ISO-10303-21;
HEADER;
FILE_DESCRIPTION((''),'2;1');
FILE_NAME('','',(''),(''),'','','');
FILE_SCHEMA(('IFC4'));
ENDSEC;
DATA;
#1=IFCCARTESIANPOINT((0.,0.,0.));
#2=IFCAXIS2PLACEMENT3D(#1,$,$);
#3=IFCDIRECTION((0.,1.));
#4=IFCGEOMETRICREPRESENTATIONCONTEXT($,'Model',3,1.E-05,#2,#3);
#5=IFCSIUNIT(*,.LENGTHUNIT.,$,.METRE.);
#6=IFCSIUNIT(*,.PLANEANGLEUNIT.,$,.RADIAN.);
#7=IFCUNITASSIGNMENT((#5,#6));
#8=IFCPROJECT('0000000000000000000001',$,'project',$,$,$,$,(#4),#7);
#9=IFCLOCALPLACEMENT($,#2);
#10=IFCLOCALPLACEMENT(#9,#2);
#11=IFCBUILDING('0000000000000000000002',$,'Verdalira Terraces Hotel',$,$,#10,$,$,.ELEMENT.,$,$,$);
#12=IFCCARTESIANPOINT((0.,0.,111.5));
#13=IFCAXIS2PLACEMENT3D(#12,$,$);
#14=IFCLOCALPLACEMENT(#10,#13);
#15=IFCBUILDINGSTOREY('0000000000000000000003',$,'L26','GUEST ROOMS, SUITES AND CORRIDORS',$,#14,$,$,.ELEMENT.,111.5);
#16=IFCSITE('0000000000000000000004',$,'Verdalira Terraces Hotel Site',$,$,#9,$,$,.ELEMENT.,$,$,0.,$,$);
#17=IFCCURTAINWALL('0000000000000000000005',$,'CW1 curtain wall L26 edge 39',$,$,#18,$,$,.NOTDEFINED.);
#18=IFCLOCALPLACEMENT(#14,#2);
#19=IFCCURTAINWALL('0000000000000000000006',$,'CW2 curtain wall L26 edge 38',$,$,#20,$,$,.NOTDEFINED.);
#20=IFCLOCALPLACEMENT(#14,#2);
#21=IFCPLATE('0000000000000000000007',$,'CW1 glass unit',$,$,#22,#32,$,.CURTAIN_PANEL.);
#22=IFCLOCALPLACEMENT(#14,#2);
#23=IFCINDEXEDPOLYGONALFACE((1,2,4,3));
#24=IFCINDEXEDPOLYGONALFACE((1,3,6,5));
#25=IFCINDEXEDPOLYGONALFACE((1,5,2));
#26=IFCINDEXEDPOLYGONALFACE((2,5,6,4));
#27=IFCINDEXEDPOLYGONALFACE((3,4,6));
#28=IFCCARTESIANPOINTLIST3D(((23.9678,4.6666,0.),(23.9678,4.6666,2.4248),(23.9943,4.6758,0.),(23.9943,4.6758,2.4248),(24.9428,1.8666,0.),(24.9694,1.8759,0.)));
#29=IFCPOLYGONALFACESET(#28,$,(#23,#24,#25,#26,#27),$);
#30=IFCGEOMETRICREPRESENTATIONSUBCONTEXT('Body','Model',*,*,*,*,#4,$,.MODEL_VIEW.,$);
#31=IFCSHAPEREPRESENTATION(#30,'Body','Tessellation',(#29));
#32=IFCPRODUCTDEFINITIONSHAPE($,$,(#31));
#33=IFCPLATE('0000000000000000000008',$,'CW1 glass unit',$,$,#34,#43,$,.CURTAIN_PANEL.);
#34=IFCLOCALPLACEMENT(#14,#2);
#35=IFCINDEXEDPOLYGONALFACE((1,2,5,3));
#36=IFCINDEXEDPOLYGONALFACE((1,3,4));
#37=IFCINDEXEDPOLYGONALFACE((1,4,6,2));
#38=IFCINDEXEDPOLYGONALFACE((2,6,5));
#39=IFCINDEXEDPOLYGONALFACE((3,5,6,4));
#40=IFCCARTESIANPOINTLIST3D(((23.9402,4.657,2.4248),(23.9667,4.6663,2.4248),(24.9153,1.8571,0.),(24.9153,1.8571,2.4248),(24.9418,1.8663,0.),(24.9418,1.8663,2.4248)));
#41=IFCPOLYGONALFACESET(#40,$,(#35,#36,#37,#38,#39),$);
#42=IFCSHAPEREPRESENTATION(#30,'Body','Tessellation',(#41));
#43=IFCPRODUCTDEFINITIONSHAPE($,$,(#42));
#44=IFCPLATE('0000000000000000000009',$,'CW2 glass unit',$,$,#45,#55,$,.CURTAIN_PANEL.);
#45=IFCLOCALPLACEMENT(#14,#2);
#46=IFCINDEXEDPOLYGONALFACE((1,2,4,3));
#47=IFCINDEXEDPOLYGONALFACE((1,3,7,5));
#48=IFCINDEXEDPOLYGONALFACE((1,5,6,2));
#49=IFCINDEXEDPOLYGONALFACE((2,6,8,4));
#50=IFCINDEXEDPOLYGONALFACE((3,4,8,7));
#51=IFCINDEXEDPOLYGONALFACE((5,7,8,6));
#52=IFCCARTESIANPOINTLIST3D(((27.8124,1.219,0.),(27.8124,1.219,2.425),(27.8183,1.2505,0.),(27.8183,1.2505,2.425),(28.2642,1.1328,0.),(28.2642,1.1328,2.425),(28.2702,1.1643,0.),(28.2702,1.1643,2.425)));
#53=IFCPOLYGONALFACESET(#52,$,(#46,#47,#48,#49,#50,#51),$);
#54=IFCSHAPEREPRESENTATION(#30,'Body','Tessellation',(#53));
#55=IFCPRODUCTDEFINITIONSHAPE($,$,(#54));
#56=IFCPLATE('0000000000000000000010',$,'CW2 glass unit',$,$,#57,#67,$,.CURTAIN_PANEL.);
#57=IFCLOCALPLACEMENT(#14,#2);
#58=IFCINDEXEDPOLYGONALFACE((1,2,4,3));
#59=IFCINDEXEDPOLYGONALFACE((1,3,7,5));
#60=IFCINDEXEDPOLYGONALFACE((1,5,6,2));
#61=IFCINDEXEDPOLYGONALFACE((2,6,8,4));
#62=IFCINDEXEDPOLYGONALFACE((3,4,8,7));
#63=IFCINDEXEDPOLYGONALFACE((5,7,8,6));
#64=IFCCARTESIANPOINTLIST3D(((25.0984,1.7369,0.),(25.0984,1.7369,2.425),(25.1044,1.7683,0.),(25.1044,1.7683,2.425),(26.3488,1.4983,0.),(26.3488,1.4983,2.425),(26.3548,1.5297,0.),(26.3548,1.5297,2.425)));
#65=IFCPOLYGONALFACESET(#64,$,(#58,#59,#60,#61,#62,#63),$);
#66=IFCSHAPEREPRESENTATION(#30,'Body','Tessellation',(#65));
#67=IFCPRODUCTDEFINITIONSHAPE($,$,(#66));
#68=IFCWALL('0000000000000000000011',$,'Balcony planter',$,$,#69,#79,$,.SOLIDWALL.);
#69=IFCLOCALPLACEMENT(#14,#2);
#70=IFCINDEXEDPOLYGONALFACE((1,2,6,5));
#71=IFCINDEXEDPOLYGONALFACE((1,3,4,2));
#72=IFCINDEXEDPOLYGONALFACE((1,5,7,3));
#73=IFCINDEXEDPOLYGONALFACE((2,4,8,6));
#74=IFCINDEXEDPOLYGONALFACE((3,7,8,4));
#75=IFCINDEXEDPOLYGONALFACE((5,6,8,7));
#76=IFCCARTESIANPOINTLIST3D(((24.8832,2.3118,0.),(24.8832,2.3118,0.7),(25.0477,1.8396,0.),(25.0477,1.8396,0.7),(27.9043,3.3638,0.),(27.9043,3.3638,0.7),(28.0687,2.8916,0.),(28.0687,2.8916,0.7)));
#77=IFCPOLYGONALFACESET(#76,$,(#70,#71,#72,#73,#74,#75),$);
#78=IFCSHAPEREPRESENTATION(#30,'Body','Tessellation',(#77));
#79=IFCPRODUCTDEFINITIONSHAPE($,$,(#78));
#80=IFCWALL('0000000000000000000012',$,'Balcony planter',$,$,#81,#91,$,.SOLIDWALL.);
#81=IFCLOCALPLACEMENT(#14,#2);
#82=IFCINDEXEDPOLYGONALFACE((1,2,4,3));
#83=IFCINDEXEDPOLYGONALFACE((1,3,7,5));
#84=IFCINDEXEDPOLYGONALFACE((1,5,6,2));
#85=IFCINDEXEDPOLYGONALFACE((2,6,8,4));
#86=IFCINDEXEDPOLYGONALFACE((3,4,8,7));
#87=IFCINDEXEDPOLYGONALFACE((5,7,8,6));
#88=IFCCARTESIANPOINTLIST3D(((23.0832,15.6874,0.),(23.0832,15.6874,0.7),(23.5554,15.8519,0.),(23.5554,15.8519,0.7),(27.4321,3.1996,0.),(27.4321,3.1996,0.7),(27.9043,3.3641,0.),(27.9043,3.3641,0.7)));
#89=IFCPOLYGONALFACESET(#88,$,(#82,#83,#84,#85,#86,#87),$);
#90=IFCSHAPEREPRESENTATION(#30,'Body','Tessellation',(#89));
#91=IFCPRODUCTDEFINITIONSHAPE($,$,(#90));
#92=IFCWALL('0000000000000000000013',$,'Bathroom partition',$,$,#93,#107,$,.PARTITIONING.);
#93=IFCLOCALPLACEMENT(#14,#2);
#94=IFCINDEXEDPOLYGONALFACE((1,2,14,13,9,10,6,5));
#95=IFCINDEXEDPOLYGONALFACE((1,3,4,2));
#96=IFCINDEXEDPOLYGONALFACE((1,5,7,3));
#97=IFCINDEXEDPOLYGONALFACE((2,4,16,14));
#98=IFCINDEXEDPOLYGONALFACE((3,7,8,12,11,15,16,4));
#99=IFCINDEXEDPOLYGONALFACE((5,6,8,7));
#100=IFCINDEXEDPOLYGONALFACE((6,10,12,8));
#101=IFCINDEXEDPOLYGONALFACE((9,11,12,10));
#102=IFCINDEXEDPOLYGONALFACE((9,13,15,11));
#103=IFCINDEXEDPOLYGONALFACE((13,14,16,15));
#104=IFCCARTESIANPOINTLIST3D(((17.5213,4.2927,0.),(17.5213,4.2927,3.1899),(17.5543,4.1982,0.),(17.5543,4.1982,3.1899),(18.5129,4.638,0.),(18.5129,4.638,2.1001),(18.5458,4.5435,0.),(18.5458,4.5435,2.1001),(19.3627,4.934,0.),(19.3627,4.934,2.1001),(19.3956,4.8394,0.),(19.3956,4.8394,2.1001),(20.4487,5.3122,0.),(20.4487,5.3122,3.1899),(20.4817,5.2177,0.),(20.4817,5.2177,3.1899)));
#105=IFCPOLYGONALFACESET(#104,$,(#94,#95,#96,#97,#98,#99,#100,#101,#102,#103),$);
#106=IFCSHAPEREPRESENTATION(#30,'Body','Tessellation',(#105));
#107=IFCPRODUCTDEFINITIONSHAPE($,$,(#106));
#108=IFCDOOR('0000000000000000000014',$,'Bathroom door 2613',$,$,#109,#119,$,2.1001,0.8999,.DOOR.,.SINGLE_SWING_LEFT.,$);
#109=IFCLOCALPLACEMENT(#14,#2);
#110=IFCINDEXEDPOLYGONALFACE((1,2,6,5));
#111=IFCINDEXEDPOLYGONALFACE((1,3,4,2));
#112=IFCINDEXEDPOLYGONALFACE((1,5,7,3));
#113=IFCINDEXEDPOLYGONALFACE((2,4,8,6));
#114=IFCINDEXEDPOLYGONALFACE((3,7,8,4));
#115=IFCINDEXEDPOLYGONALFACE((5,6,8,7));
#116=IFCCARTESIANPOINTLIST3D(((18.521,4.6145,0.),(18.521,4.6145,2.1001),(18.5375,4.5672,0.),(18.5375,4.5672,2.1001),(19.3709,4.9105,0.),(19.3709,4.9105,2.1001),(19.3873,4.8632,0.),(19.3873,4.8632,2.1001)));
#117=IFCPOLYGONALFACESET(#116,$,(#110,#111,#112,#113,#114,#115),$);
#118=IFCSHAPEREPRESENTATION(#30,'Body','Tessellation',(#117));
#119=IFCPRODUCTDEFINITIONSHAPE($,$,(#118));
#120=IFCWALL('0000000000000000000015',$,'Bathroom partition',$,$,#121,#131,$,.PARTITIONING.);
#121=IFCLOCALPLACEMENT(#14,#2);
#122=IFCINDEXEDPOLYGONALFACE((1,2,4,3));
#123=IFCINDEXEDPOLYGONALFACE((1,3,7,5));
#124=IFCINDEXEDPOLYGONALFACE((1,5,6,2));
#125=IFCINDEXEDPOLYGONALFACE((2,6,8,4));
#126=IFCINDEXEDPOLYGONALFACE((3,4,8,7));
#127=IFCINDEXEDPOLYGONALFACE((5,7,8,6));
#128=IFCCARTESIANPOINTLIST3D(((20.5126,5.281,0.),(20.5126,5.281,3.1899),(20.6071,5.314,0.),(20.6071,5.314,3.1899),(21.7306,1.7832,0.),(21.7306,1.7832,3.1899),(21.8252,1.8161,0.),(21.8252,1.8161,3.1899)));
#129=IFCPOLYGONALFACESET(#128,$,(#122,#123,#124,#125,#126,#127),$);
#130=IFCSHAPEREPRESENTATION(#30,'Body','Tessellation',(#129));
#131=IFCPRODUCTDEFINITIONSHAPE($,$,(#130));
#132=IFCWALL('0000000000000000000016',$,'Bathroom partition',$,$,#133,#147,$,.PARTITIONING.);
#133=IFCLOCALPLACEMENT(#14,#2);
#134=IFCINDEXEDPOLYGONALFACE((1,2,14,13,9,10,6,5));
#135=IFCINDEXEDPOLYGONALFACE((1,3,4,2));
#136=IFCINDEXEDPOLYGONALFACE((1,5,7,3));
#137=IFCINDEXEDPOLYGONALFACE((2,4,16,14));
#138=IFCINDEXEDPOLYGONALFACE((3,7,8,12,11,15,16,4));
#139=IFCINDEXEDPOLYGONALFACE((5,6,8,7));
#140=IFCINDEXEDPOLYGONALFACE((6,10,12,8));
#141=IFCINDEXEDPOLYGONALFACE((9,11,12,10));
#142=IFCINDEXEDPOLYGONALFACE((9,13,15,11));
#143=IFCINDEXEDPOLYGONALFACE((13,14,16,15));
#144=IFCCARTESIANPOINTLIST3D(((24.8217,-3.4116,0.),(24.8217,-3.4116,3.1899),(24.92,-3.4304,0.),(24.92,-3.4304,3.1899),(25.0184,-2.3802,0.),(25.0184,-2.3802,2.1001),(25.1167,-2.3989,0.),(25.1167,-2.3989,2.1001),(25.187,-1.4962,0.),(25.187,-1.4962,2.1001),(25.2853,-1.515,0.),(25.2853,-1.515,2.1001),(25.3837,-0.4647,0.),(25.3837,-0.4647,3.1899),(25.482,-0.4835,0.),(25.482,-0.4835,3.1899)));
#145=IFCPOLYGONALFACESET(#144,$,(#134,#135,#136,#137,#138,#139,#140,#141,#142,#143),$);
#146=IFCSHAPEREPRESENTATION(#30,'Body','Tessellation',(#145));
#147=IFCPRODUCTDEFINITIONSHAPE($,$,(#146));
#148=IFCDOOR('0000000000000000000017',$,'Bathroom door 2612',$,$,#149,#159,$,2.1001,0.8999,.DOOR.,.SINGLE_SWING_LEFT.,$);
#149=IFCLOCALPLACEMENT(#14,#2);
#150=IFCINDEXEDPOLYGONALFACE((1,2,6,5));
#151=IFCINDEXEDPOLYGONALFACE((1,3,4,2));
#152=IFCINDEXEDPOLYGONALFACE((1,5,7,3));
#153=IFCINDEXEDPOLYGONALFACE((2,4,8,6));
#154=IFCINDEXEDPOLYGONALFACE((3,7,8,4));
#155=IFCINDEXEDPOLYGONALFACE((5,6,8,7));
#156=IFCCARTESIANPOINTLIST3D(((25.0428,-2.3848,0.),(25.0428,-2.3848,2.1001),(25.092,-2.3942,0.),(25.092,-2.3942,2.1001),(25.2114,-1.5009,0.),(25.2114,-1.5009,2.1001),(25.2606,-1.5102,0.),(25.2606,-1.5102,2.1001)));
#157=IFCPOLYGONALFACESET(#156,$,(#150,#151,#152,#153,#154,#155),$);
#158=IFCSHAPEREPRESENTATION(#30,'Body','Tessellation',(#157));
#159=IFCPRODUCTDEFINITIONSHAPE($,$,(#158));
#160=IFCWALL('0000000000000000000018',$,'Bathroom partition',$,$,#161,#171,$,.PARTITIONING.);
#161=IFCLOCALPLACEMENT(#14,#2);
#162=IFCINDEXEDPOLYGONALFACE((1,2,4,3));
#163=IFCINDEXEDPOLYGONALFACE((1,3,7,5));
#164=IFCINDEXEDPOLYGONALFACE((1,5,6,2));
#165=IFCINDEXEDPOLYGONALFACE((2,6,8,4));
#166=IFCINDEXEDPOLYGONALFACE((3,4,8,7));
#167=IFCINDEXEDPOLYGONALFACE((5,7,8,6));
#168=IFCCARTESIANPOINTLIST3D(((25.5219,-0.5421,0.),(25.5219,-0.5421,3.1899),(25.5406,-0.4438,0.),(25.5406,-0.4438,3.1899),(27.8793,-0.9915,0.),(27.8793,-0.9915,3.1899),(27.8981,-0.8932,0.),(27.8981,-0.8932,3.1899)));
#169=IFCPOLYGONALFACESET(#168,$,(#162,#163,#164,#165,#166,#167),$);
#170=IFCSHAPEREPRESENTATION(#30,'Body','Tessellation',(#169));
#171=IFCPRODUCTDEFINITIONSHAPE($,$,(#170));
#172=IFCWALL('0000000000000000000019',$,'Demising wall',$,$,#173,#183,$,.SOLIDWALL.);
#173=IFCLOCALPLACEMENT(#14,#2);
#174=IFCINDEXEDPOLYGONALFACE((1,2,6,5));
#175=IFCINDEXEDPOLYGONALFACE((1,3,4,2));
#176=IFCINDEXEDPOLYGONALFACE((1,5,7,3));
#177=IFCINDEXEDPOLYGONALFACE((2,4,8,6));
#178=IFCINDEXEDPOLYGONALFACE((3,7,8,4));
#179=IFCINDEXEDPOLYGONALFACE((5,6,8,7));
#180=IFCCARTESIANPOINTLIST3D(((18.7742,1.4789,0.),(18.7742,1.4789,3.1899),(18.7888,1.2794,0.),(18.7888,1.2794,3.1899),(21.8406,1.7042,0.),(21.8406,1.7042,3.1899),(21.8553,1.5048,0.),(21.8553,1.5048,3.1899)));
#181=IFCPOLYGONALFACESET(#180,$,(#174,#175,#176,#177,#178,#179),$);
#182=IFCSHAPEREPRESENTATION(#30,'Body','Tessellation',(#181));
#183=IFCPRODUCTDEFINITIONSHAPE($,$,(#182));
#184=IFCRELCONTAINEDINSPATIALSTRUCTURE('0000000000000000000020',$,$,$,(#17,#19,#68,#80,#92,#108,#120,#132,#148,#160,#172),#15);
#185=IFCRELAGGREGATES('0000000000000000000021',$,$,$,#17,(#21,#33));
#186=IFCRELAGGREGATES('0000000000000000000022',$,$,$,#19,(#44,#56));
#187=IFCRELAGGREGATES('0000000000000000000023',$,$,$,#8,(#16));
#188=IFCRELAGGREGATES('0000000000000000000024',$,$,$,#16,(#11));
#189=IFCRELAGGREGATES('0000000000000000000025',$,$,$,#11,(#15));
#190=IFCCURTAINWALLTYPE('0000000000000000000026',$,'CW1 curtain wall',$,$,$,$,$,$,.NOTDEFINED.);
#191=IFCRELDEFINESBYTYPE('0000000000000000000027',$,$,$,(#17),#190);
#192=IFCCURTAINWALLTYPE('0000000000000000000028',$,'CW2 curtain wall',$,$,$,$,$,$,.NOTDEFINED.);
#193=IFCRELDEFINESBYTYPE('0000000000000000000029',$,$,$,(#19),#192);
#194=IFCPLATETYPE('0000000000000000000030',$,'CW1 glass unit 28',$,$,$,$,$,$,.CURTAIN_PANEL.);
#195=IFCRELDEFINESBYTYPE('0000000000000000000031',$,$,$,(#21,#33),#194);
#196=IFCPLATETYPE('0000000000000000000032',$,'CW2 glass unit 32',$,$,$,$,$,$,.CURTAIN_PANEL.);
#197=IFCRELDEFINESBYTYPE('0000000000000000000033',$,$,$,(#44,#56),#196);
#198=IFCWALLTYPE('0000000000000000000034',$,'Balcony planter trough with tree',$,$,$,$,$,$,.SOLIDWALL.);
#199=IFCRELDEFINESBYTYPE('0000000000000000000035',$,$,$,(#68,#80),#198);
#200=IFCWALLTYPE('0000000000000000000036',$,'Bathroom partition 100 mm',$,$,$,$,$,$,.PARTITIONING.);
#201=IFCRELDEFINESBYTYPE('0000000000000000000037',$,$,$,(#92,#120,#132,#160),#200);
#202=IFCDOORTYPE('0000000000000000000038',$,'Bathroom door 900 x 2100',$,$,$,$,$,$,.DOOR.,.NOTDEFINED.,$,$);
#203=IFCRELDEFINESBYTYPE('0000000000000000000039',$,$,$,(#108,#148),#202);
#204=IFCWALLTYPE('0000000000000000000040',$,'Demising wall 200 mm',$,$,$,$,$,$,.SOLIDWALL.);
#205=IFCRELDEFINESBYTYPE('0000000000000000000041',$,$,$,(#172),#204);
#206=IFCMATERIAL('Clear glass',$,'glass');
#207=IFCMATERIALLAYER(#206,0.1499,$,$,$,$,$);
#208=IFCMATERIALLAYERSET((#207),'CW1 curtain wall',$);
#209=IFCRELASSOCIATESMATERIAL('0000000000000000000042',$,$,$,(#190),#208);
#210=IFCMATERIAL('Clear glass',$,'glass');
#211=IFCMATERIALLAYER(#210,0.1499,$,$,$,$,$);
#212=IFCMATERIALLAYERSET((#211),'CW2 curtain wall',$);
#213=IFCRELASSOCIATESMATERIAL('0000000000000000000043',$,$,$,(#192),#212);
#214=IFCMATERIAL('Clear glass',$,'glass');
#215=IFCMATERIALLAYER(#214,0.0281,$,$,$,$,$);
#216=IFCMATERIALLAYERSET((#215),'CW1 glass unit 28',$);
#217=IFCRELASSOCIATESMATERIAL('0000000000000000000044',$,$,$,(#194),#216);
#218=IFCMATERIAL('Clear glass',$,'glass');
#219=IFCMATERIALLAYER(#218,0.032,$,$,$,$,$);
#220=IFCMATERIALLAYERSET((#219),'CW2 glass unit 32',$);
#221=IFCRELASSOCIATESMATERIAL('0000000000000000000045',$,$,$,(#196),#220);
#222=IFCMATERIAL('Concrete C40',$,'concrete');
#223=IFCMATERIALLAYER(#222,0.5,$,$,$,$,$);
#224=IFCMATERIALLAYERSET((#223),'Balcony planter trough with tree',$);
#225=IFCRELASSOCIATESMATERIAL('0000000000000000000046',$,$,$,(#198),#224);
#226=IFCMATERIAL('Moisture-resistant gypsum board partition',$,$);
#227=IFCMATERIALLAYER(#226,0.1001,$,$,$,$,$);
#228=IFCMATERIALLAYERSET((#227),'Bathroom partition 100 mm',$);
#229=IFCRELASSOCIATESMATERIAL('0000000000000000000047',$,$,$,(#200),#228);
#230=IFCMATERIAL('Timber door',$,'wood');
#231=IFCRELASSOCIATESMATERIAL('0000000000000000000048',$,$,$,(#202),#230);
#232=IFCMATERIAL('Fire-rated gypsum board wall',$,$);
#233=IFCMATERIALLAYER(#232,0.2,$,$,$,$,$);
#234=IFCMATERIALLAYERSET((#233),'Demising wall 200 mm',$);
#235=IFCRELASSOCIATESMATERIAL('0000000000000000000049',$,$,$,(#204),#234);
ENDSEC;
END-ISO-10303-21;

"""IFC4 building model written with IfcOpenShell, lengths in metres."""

from ifc_helpers import new_model, si_unit, direction, frame, frame_2d, origin, origin_2d, place, context, subcontext, project, spatial, polyline, rectangle, outline, extrude, material, layer, layer_set, type_object, element, fill, aggregate, save


model = new_model("IFC4")

# Units and contexts
model_context = context("Model", 3, precision=1e-05, world=origin(), true_north=direction((0.0, 1.0)))
body_context = subcontext(model_context, "Body", "Model", "MODEL_VIEW")
ifc_project = project(units=[si_unit("LENGTHUNIT", "METRE"), si_unit("PLANEANGLEUNIT", "RADIAN")], contexts=[model_context])

# Site, building, storey
site_placement = place(None, origin())
site = spatial("IfcSite", under=ifc_project, at=site_placement, Name="Verdalira Terraces Hotel Site", CompositionType="ELEMENT", RefElevation=0.0)
building_placement = place(site_placement, origin())
building = spatial("IfcBuilding", under=site, at=building_placement, Name="Verdalira Terraces Hotel", CompositionType="ELEMENT")
storey_placement = place(building_placement, frame((0.0, 0.0, 111.5)))
storey = spatial("IfcBuildingStorey", under=building, at=storey_placement, Name="L26", Description="GUEST ROOMS, SUITES AND CORRIDORS", CompositionType="ELEMENT", Elevation=111.5)

# Curtain walls
ifc_material_1 = material(Name="Clear glass", Category="glass")
ifc_layer_1 = layer(ifc_material_1, 0.1499)
ifc_layer_set_1 = layer_set([ifc_layer_1], Name="CW1 curtain wall")
curtain_wall_type_1 = type_object("IfcCurtainWallType", Name="CW1 curtain wall", PredefinedType="NOTDEFINED", material=ifc_layer_set_1)
curtain_wall_1_placement = place(storey_placement, origin())
curtain_wall_1 = element("IfcCurtainWall", 1, at=curtain_wall_1_placement, inside=storey, type_object=curtain_wall_type_1, Name="CW1 curtain wall L26 edge 39", PredefinedType="NOTDEFINED")
ifc_material_2 = material(Name="Clear glass", Category="glass")
ifc_layer_2 = layer(ifc_material_2, 0.1499)
ifc_layer_set_2 = layer_set([ifc_layer_2], Name="CW2 curtain wall")
curtain_wall_type_2 = type_object("IfcCurtainWallType", Name="CW2 curtain wall", PredefinedType="NOTDEFINED", material=ifc_layer_set_2)
curtain_wall_2_placement = place(storey_placement, origin())
curtain_wall_2 = element("IfcCurtainWall", 2, at=curtain_wall_2_placement, inside=storey, type_object=curtain_wall_type_2, Name="CW2 curtain wall L26 edge 38", PredefinedType="NOTDEFINED")

# Plates
ifc_material_3 = material(Name="Clear glass", Category="glass")
ifc_layer_3 = layer(ifc_material_3, 0.0281)
ifc_layer_set_3 = layer_set([ifc_layer_3], Name="CW1 glass unit 28")
plate_type_1 = type_object("IfcPlateType", Name="CW1 glass unit 28", PredefinedType="CURTAIN_PANEL", material=ifc_layer_set_3)
plate_1_placement = place(storey_placement, frame((24.4553, 3.2666, 1.2124), z_axis=(0.944376, 0.328867, 0.0), x_axis=(-0.328867, 0.944376, 0.0)))
plate_1 = element("IfcPlate", 3, at=plate_1_placement, type_object=plate_type_1, Name="CW1 glass unit", PredefinedType="CURTAIN_PANEL", context=body_context, shape_type="SweptSolid", body=[
    extrude(outline(polyline([(-1.4824, -1.2124), (1.4824, -1.2124), (1.4824, 1.2124), (-1.4824, -1.2124)])), origin(), (0.0, 0.0, 1.0), 0.0281),
])
plate_2_placement = place(storey_placement, frame((24.4277, 3.2571, 1.2124), z_axis=(0.944376, 0.328867, 0.0), x_axis=(-0.328867, 0.944376, 0.0)))
plate_2 = element("IfcPlate", 4, at=plate_2_placement, type_object=plate_type_1, Name="CW1 glass unit", PredefinedType="CURTAIN_PANEL", context=body_context, shape_type="SweptSolid", body=[
    extrude(outline(polyline([(-1.4824, -1.2124), (1.4824, 1.2124), (-1.4824, 1.2124), (-1.4824, -1.2124)])), origin(), (0.0, 0.0, 1.0), 0.0281),
])
aggregate(curtain_wall_1, [plate_1, plate_2])
ifc_material_4 = material(Name="Clear glass", Category="glass")
ifc_layer_4 = layer(ifc_material_4, 0.032)
ifc_layer_set_4 = layer_set([ifc_layer_4], Name="CW2 glass unit 32")
plate_type_2 = type_object("IfcPlateType", Name="CW2 glass unit 32", PredefinedType="CURTAIN_PANEL", material=ifc_layer_set_4)
plate_3_placement = place(storey_placement, frame((28.0413, 1.1917, 0.0), z_axis=(0.0, 0.0, 1.0), x_axis=(-0.982287, 0.187381, 0.0)))
plate_3 = element("IfcPlate", 5, at=plate_3_placement, type_object=plate_type_2, Name="CW2 glass unit", PredefinedType="CURTAIN_PANEL", context=body_context, shape_type="SweptSolid", body=[
    extrude(rectangle(XDim=0.46, YDim=0.032, at=origin_2d()), origin(), (0.0, 0.0, 1.0), 2.425),
])
plate_4_placement = place(storey_placement, frame((25.7266, 1.6333, 0.0), z_axis=(0.0, 0.0, 1.0), x_axis=(-0.982287, 0.187381, 0.0)))
plate_4 = element("IfcPlate", 6, at=plate_4_placement, type_object=plate_type_2, Name="CW2 glass unit", PredefinedType="CURTAIN_PANEL", context=body_context, shape_type="SweptSolid", body=[
    extrude(rectangle(XDim=1.2729, YDim=0.032, at=origin_2d()), origin(), (0.0, 0.0, 1.0), 2.425),
])
aggregate(curtain_wall_2, [plate_3, plate_4])

# Walls
ifc_material_5 = material(Name="Concrete C40", Category="concrete")
ifc_layer_5 = layer(ifc_material_5, 0.5)
ifc_layer_set_5 = layer_set([ifc_layer_5], Name="Balcony planter trough with tree")
wall_type_1 = type_object("IfcWallType", Name="Balcony planter trough with tree", PredefinedType="SOLIDWALL", material=ifc_layer_set_5)
wall_1_placement = place(storey_placement, frame((24.9653, 2.0757, 0.0), z_axis=(0.0, 0.0, 1.0), x_axis=(0.944378, 0.328861, 0.0)))
element("IfcWall", 7, at=wall_1_placement, inside=storey, type_object=wall_type_1, Name="Balcony planter", PredefinedType="SOLIDWALL", context=body_context, shape_type="SweptSolid", body=[
    extrude(rectangle(XDim=3.199, YDim=0.5, at=frame_2d((1.5996, 0.0))), origin(), (0.0, 0.0, 1.0), 0.7),
])
wall_2_placement = place(storey_placement, frame((27.6682, 3.2817, 0.0), z_axis=(0.0, 0.0, 1.0), x_axis=(-0.328878, 0.944372, 0.0)))
element("IfcWall", 8, at=wall_2_placement, inside=storey, type_object=wall_type_1, Name="Balcony planter", PredefinedType="SOLIDWALL", context=body_context, shape_type="SweptSolid", body=[
    extrude(rectangle(XDim=13.2234, YDim=0.5, at=frame_2d((6.6118, 0.0))), origin(), (0.0, 0.0, 1.0), 0.7),
])

# Wall, opening, door
ifc_material_6 = material(Name="Moisture-resistant gypsum board partition")
ifc_layer_6 = layer(ifc_material_6, 0.1001)
ifc_layer_set_6 = layer_set([ifc_layer_6], Name="Bathroom partition 100 mm")
wall_type_2 = type_object("IfcWallType", Name="Bathroom partition 100 mm", PredefinedType="PARTITIONING", material=ifc_layer_set_6)
wall_3_placement = place(storey_placement, frame((20.4651, 5.2649, 0.0), z_axis=(0.0, 0.0, 1.0), x_axis=(-0.944369, -0.328887, 0.0)))
wall_3 = element("IfcWall", 9, at=wall_3_placement, inside=storey, type_object=wall_type_2, Name="Bathroom partition", PredefinedType="PARTITIONING", context=body_context, shape_type="SweptSolid", body=[
    extrude(rectangle(XDim=3.0999, YDim=0.1001, at=frame_2d((1.5498, 0.0))), origin(), (0.0, 0.0, 1.0), 3.1899),
])
opening_1_placement = place(wall_3_placement, frame((1.1499, 0.0, 0.0)))
opening_1 = element("IfcOpeningElement", 10, at=opening_1_placement, cuts=wall_3, PredefinedType="OPENING", context=body_context, shape_type="SweptSolid", body=[
    extrude(rectangle(XDim=0.8999, YDim=2.1001, at=frame_2d((0.45, 1.05))), frame((0.0, 0.0601, 0.0), z_axis=(0.0, -1.0, 0.0), x_axis=(1.0, 0.0, 0.0)), (0.0, 0.0, 1.0), 0.1201),
])
ifc_material_7 = material(Name="Timber door", Category="wood")
door_type_1 = type_object("IfcDoorType", Name="Bathroom door 900 x 2100", OperationType="NOTDEFINED", PredefinedType="DOOR", material=ifc_material_7)
door_1_placement = place(opening_1_placement, origin())
door_1 = element("IfcDoor", 11, at=door_1_placement, inside=storey, type_object=door_type_1, Name="Bathroom door 2613", OperationType="SINGLE_SWING_LEFT", OverallHeight=2.1001, OverallWidth=0.8999, PredefinedType="DOOR", context=body_context, shape_type="SweptSolid", body=[
    extrude(rectangle(XDim=0.8999, YDim=2.1001, at=frame_2d((0.45, 1.05))), frame((0.0, 0.0249, 0.0), z_axis=(0.0, -1.0, 0.0), x_axis=(1.0, 0.0, 0.0)), (0.0, 0.0, 1.0), 0.05),
])
fill(opening_1, door_1)

# Wall
wall_4_placement = place(storey_placement, frame((20.5598, 5.2976, 0.0), z_axis=(0.0, 0.0, 1.0), x_axis=(0.328856, -0.94438, 0.0)))
element("IfcWall", 12, at=wall_4_placement, inside=storey, type_object=wall_type_2, Name="Bathroom partition", PredefinedType="PARTITIONING", context=body_context, shape_type="SweptSolid", body=[
    extrude(rectangle(XDim=3.7039, YDim=0.1001, at=frame_2d((1.8521, 0.0))), origin(), (0.0, 0.0, 1.0), 3.1899),
])

# Wall, opening, door
wall_5_placement = place(storey_placement, frame((25.4329, -0.4741, 0.0), z_axis=(0.0, 0.0, 1.0), x_axis=(-0.187344, -0.982294, 0.0)))
wall_5 = element("IfcWall", 13, at=wall_5_placement, inside=storey, type_object=wall_type_2, Name="Bathroom partition", PredefinedType="PARTITIONING", context=body_context, shape_type="SweptSolid", body=[
    extrude(rectangle(XDim=3.0, YDim=0.1001, at=frame_2d((1.5, 0.0))), origin(), (0.0, 0.0, 1.0), 3.1899),
])
opening_2_placement = place(wall_5_placement, frame((1.05, 0.0, 0.0)))
opening_2 = element("IfcOpeningElement", 14, at=opening_2_placement, cuts=wall_5, PredefinedType="OPENING", context=body_context, shape_type="SweptSolid", body=[
    extrude(rectangle(XDim=0.8999, YDim=2.1001, at=frame_2d((0.45, 1.05))), frame((0.0, 0.0601, 0.0), z_axis=(0.0, -1.0, 0.0), x_axis=(1.0, 0.0, 0.0)), (0.0, 0.0, 1.0), 0.1201),
])
door_2_placement = place(opening_2_placement, origin())
door_2 = element("IfcDoor", 15, at=door_2_placement, inside=storey, type_object=door_type_1, Name="Bathroom door 2612", OperationType="SINGLE_SWING_LEFT", OverallHeight=2.1001, OverallWidth=0.8999, PredefinedType="DOOR", context=body_context, shape_type="SweptSolid", body=[
    extrude(rectangle(XDim=0.8999, YDim=2.1001, at=frame_2d((0.45, 1.05))), frame((0.0, 0.0249, 0.0), z_axis=(0.0, -1.0, 0.0), x_axis=(1.0, 0.0, 0.0)), (0.0, 0.0, 1.0), 0.05),
])
fill(opening_2, door_2)

# Walls
wall_6_placement = place(storey_placement, frame((25.5312, -0.4929, 0.0), z_axis=(0.0, 0.0, 1.0), x_axis=(0.982306, -0.187285, 0.0)))
element("IfcWall", 16, at=wall_6_placement, inside=storey, type_object=wall_type_2, Name="Bathroom partition", PredefinedType="PARTITIONING", context=body_context, shape_type="SweptSolid", body=[
    extrude(rectangle(XDim=2.3999, YDim=0.1001, at=frame_2d((1.2, 0.0))), origin(), (0.0, 0.0, 1.0), 3.1899),
])
ifc_material_8 = material(Name="Fire-rated gypsum board wall")
ifc_layer_7 = layer(ifc_material_8, 0.2)
ifc_layer_set_7 = layer_set([ifc_layer_7], Name="Demising wall 200 mm")
wall_type_3 = type_object("IfcWallType", Name="Demising wall 200 mm", PredefinedType="SOLIDWALL", material=ifc_layer_set_7)
wall_7_placement = place(storey_placement, frame((18.7815, 1.3792, 0.0), z_axis=(0.0, 0.0, 1.0), x_axis=(0.997311, 0.07329, 0.0)))
element("IfcWall", 17, at=wall_7_placement, inside=storey, type_object=wall_type_3, Name="Demising wall", PredefinedType="SOLIDWALL", context=body_context, shape_type="SweptSolid", body=[
    extrude(rectangle(XDim=3.0747, YDim=0.2, at=frame_2d((1.5374, 0.0))), origin(), (0.0, 0.0, 1.0), 3.1899),
])

save(model, "model.ifc")
